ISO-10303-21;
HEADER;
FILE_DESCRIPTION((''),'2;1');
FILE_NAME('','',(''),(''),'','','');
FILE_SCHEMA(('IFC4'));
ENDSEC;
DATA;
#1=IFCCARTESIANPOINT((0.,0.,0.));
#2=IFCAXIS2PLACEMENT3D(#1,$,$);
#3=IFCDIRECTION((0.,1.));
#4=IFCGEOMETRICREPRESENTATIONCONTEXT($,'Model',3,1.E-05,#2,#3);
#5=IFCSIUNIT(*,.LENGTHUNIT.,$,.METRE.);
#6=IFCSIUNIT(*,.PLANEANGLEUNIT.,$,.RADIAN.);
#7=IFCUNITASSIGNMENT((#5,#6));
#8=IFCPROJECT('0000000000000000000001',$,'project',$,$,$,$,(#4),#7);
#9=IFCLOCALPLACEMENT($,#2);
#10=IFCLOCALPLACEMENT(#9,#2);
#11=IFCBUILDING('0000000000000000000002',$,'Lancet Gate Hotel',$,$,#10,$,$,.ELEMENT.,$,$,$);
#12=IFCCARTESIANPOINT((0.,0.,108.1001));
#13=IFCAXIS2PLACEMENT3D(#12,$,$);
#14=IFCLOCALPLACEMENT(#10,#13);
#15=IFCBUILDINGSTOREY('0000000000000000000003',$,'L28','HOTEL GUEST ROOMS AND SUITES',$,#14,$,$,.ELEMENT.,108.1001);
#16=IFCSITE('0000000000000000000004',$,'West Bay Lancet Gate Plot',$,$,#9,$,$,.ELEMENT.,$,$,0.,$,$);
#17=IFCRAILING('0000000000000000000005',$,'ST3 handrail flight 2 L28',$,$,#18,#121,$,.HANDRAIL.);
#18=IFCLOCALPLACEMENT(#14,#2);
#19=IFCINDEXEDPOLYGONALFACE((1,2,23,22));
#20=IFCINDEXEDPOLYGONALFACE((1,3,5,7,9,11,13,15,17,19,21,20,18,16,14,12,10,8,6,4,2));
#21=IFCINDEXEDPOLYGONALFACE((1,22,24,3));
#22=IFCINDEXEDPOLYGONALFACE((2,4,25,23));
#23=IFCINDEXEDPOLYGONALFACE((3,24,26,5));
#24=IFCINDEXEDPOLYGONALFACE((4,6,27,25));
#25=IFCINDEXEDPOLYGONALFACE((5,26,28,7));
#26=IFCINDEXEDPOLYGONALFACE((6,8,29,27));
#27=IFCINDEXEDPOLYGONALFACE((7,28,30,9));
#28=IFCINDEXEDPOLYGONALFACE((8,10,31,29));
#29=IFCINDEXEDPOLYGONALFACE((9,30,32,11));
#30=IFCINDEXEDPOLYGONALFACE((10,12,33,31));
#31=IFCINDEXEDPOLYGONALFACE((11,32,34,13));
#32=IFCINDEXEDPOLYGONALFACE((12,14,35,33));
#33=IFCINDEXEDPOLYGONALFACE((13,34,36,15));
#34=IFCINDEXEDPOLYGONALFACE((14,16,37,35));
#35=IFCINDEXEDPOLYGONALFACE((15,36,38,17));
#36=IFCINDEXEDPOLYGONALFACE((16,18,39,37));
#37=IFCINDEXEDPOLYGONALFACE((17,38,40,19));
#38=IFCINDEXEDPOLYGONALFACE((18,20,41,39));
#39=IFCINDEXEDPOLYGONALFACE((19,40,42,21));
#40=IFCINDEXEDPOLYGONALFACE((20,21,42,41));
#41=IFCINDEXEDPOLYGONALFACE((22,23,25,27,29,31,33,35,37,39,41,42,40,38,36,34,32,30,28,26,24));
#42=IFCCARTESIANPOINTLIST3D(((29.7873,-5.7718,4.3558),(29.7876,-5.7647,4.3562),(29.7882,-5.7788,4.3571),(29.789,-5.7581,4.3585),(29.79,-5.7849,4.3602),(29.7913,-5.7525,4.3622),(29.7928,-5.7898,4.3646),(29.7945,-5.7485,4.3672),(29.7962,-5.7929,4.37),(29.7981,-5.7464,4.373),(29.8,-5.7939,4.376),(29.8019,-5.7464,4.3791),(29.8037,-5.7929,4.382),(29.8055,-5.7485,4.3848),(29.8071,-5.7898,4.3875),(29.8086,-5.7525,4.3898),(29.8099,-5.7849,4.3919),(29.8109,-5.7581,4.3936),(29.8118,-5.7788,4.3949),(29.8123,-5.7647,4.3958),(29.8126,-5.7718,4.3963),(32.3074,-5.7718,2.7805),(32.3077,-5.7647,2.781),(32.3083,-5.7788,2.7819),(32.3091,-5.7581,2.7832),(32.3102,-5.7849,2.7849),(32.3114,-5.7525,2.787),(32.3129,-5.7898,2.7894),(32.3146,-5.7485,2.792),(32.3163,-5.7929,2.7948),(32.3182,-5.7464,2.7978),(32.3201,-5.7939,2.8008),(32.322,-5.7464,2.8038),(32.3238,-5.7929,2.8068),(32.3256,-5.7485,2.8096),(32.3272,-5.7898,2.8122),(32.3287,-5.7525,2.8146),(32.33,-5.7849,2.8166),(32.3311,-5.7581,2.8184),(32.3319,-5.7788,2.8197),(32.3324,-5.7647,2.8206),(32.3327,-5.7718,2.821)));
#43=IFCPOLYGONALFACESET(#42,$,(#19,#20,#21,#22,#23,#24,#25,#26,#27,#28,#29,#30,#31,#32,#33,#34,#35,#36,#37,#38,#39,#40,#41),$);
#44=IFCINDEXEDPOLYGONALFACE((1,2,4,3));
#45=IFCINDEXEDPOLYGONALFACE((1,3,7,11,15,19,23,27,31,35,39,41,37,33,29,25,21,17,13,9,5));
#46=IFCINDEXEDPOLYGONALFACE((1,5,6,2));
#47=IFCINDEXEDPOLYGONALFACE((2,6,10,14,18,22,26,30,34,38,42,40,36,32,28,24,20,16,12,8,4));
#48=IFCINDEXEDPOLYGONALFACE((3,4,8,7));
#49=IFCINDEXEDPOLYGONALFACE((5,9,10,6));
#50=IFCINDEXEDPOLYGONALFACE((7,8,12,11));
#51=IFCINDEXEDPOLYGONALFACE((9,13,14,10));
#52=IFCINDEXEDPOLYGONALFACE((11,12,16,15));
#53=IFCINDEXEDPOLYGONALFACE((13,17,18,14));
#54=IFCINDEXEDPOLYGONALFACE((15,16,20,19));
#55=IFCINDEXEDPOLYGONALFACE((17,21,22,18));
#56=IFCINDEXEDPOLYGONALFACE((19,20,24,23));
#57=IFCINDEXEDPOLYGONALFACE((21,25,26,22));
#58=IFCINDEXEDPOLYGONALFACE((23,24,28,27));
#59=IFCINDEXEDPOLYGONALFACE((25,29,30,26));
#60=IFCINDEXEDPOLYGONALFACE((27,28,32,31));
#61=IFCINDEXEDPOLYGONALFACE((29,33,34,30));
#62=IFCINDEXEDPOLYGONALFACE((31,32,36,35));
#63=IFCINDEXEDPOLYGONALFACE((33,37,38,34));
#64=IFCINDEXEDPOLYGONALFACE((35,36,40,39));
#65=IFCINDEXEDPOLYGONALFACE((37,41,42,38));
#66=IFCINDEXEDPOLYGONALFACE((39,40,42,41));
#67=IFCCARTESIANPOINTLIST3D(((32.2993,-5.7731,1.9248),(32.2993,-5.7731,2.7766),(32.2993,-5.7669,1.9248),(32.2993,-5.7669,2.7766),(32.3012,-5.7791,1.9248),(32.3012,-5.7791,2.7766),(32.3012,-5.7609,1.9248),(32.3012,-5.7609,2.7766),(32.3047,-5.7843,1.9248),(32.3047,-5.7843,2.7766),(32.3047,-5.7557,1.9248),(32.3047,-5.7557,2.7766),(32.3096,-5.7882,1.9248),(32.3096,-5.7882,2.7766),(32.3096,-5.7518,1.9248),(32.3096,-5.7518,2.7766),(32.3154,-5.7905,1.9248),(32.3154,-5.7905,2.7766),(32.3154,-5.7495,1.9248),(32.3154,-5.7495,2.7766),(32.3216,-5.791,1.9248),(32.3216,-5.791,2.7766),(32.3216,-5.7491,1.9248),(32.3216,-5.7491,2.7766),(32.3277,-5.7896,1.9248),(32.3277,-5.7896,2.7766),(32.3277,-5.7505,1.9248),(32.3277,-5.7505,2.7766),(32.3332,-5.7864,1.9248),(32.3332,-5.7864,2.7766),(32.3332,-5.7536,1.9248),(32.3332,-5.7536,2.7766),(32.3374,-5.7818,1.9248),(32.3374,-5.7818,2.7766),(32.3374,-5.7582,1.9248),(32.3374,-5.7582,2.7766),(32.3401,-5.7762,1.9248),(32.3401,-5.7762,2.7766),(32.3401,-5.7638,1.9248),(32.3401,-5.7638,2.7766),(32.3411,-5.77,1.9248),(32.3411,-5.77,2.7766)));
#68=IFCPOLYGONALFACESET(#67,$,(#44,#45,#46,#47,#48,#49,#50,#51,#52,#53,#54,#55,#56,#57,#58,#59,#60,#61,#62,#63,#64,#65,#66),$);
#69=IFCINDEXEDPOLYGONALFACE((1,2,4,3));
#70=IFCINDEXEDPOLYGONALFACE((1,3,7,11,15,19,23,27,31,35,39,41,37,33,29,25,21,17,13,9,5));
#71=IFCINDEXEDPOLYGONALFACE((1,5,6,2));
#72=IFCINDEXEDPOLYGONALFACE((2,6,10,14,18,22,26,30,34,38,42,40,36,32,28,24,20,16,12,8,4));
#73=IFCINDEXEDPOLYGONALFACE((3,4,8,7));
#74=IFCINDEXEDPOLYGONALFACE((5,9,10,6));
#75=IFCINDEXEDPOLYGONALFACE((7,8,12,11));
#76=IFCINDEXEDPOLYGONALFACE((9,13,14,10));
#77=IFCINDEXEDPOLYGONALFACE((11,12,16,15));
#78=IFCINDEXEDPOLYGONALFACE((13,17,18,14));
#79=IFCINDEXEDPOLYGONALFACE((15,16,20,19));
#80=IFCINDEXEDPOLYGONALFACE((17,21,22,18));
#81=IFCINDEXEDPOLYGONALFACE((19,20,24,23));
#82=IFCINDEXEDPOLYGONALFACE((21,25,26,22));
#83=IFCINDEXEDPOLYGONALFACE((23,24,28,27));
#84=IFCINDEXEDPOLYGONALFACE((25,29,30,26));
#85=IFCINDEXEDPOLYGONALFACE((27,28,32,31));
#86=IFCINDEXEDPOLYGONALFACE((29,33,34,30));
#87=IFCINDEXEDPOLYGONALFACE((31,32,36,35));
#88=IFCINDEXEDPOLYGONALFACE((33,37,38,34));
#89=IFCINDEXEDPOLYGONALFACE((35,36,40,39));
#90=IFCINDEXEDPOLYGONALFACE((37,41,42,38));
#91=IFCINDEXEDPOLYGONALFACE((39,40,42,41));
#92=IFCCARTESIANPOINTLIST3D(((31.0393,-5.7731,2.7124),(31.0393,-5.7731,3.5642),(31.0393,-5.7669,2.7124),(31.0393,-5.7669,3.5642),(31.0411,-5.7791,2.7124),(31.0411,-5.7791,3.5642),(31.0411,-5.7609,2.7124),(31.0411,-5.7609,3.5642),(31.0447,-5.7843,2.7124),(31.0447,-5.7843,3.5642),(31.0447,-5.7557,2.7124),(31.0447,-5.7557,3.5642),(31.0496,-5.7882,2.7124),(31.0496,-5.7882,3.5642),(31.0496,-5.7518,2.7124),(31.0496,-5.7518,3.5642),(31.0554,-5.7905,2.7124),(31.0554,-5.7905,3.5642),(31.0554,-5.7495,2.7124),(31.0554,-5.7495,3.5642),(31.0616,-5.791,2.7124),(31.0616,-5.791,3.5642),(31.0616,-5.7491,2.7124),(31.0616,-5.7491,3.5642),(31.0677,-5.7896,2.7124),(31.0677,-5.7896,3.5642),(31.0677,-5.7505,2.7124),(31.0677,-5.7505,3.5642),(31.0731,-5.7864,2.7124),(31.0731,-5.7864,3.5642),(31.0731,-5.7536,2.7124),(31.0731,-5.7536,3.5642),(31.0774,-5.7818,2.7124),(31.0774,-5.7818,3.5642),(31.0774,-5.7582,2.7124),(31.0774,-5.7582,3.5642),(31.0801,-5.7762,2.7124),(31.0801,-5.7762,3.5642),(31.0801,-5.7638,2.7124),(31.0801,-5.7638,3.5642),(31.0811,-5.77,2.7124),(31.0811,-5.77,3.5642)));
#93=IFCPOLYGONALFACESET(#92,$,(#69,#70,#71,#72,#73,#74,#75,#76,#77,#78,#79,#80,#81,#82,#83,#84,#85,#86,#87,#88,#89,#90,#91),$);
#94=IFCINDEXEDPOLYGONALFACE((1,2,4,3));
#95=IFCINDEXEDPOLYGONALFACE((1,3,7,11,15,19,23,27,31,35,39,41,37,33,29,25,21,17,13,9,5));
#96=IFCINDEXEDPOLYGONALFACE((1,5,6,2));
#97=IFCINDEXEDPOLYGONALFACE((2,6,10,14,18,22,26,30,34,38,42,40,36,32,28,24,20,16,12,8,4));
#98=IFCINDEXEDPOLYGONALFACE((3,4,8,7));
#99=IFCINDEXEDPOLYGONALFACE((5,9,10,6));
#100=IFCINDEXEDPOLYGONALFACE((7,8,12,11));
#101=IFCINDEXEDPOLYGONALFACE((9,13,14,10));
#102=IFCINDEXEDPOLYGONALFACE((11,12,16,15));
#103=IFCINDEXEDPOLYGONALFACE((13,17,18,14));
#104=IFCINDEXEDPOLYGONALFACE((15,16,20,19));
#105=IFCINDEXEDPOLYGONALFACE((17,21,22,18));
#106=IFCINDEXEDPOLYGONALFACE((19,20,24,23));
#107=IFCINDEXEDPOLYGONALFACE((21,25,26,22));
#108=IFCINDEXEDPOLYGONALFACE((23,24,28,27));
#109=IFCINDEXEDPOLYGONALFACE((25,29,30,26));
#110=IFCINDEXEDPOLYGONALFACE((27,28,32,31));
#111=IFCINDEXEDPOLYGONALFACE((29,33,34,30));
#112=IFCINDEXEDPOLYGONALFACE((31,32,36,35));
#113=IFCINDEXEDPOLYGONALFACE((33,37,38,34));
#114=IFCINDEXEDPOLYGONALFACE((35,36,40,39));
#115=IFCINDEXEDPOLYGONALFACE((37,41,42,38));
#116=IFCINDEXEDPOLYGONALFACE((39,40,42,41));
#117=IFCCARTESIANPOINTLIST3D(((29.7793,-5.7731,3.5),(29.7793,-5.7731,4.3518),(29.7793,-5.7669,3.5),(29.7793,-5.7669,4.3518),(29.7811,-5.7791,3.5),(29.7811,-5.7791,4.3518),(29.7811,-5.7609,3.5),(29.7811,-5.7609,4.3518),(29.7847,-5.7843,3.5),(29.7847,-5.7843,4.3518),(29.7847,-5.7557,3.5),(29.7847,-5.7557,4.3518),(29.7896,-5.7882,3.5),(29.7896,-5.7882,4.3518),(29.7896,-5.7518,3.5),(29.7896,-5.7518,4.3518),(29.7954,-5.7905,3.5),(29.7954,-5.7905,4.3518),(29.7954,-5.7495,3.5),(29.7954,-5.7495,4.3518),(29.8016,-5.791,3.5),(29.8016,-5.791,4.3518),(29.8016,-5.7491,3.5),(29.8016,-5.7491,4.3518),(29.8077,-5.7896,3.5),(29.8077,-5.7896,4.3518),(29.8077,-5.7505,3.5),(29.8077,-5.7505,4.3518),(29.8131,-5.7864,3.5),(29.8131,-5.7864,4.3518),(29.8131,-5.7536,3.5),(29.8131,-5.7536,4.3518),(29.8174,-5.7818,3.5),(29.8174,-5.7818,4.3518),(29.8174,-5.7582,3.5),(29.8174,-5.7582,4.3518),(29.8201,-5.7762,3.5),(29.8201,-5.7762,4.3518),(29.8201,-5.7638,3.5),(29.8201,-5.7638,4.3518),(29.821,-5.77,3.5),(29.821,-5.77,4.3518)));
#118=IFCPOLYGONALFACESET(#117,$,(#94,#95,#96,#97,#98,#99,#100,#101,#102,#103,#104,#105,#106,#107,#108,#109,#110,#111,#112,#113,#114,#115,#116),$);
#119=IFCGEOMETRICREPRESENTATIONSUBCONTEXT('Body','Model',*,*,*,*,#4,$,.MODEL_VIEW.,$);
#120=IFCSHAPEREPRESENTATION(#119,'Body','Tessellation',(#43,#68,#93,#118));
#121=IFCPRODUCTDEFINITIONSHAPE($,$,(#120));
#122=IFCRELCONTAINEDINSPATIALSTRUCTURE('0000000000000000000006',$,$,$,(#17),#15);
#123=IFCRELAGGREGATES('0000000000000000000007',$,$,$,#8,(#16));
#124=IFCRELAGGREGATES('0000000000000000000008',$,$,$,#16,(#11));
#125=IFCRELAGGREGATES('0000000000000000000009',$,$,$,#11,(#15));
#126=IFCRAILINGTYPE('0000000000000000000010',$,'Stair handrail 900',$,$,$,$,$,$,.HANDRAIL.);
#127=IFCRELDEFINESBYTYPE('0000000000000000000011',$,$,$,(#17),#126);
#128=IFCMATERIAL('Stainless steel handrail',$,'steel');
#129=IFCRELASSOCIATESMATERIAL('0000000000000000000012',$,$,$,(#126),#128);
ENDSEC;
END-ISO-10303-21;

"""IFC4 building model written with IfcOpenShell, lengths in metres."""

from ifc_helpers import new_model, si_unit, direction, frame, origin, origin_2d, place, context, subcontext, project, spatial, circle, extrude, material, type_object, element, save


model = new_model("IFC4")

# Units and contexts
model_context = context("Model", 3, precision=1e-05, world=origin(), true_north=direction((0.0, 1.0)))
body_context = subcontext(model_context, "Body", "Model", "MODEL_VIEW")
ifc_project = project(units=[si_unit("LENGTHUNIT", "METRE"), si_unit("PLANEANGLEUNIT", "RADIAN")], contexts=[model_context])

# Site, building, storey
site_placement = place(None, origin())
site = spatial("IfcSite", under=ifc_project, at=site_placement, Name="West Bay Lancet Gate Plot", CompositionType="ELEMENT", RefElevation=0.0)
building_placement = place(site_placement, origin())
building = spatial("IfcBuilding", under=site, at=building_placement, Name="Lancet Gate Hotel", CompositionType="ELEMENT")
storey_placement = place(building_placement, frame((0.0, 0.0, 108.1001)))
storey = spatial("IfcBuildingStorey", under=building, at=storey_placement, Name="L28", Description="HOTEL GUEST ROOMS AND SUITES", CompositionType="ELEMENT", Elevation=108.1001)

# Railing
ifc_material_1 = material(Name="Stainless steel handrail", Category="steel")
railing_type = type_object("IfcRailingType", Name="Stair handrail 900", PredefinedType="HANDRAIL", material=ifc_material_1)
railing_1_placement = place(storey_placement, frame((32.3201, -5.77, 1.9248)))
element("IfcRailing", 1, at=railing_1_placement, inside=storey, type_object=railing_type, Name="ST3 handrail flight 2 L28", PredefinedType="HANDRAIL", context=body_context, shape_type="SweptSolid", body=[
    extrude(circle(Radius=0.0239, at=origin_2d()), frame((0.0, 0.0, 0.876), z_axis=(-0.847971, 0.0, 0.530043), x_axis=(0.0, -1.0, 0.0)), (0.0, 0.0, 1.0), 2.9719),
    extrude(circle(Radius=0.021, at=origin_2d()), origin(), (0.0, 0.0, 1.0), 0.8518),
    extrude(circle(Radius=0.021, at=origin_2d()), frame((-1.26, 0.0, 0.7876)), (0.0, 0.0, 1.0), 0.8518),
    extrude(circle(Radius=0.021, at=origin_2d()), frame((-2.52, 0.0, 1.5752)), (0.0, 0.0, 1.0), 0.8518),
])

save(model, "model.ifc")
